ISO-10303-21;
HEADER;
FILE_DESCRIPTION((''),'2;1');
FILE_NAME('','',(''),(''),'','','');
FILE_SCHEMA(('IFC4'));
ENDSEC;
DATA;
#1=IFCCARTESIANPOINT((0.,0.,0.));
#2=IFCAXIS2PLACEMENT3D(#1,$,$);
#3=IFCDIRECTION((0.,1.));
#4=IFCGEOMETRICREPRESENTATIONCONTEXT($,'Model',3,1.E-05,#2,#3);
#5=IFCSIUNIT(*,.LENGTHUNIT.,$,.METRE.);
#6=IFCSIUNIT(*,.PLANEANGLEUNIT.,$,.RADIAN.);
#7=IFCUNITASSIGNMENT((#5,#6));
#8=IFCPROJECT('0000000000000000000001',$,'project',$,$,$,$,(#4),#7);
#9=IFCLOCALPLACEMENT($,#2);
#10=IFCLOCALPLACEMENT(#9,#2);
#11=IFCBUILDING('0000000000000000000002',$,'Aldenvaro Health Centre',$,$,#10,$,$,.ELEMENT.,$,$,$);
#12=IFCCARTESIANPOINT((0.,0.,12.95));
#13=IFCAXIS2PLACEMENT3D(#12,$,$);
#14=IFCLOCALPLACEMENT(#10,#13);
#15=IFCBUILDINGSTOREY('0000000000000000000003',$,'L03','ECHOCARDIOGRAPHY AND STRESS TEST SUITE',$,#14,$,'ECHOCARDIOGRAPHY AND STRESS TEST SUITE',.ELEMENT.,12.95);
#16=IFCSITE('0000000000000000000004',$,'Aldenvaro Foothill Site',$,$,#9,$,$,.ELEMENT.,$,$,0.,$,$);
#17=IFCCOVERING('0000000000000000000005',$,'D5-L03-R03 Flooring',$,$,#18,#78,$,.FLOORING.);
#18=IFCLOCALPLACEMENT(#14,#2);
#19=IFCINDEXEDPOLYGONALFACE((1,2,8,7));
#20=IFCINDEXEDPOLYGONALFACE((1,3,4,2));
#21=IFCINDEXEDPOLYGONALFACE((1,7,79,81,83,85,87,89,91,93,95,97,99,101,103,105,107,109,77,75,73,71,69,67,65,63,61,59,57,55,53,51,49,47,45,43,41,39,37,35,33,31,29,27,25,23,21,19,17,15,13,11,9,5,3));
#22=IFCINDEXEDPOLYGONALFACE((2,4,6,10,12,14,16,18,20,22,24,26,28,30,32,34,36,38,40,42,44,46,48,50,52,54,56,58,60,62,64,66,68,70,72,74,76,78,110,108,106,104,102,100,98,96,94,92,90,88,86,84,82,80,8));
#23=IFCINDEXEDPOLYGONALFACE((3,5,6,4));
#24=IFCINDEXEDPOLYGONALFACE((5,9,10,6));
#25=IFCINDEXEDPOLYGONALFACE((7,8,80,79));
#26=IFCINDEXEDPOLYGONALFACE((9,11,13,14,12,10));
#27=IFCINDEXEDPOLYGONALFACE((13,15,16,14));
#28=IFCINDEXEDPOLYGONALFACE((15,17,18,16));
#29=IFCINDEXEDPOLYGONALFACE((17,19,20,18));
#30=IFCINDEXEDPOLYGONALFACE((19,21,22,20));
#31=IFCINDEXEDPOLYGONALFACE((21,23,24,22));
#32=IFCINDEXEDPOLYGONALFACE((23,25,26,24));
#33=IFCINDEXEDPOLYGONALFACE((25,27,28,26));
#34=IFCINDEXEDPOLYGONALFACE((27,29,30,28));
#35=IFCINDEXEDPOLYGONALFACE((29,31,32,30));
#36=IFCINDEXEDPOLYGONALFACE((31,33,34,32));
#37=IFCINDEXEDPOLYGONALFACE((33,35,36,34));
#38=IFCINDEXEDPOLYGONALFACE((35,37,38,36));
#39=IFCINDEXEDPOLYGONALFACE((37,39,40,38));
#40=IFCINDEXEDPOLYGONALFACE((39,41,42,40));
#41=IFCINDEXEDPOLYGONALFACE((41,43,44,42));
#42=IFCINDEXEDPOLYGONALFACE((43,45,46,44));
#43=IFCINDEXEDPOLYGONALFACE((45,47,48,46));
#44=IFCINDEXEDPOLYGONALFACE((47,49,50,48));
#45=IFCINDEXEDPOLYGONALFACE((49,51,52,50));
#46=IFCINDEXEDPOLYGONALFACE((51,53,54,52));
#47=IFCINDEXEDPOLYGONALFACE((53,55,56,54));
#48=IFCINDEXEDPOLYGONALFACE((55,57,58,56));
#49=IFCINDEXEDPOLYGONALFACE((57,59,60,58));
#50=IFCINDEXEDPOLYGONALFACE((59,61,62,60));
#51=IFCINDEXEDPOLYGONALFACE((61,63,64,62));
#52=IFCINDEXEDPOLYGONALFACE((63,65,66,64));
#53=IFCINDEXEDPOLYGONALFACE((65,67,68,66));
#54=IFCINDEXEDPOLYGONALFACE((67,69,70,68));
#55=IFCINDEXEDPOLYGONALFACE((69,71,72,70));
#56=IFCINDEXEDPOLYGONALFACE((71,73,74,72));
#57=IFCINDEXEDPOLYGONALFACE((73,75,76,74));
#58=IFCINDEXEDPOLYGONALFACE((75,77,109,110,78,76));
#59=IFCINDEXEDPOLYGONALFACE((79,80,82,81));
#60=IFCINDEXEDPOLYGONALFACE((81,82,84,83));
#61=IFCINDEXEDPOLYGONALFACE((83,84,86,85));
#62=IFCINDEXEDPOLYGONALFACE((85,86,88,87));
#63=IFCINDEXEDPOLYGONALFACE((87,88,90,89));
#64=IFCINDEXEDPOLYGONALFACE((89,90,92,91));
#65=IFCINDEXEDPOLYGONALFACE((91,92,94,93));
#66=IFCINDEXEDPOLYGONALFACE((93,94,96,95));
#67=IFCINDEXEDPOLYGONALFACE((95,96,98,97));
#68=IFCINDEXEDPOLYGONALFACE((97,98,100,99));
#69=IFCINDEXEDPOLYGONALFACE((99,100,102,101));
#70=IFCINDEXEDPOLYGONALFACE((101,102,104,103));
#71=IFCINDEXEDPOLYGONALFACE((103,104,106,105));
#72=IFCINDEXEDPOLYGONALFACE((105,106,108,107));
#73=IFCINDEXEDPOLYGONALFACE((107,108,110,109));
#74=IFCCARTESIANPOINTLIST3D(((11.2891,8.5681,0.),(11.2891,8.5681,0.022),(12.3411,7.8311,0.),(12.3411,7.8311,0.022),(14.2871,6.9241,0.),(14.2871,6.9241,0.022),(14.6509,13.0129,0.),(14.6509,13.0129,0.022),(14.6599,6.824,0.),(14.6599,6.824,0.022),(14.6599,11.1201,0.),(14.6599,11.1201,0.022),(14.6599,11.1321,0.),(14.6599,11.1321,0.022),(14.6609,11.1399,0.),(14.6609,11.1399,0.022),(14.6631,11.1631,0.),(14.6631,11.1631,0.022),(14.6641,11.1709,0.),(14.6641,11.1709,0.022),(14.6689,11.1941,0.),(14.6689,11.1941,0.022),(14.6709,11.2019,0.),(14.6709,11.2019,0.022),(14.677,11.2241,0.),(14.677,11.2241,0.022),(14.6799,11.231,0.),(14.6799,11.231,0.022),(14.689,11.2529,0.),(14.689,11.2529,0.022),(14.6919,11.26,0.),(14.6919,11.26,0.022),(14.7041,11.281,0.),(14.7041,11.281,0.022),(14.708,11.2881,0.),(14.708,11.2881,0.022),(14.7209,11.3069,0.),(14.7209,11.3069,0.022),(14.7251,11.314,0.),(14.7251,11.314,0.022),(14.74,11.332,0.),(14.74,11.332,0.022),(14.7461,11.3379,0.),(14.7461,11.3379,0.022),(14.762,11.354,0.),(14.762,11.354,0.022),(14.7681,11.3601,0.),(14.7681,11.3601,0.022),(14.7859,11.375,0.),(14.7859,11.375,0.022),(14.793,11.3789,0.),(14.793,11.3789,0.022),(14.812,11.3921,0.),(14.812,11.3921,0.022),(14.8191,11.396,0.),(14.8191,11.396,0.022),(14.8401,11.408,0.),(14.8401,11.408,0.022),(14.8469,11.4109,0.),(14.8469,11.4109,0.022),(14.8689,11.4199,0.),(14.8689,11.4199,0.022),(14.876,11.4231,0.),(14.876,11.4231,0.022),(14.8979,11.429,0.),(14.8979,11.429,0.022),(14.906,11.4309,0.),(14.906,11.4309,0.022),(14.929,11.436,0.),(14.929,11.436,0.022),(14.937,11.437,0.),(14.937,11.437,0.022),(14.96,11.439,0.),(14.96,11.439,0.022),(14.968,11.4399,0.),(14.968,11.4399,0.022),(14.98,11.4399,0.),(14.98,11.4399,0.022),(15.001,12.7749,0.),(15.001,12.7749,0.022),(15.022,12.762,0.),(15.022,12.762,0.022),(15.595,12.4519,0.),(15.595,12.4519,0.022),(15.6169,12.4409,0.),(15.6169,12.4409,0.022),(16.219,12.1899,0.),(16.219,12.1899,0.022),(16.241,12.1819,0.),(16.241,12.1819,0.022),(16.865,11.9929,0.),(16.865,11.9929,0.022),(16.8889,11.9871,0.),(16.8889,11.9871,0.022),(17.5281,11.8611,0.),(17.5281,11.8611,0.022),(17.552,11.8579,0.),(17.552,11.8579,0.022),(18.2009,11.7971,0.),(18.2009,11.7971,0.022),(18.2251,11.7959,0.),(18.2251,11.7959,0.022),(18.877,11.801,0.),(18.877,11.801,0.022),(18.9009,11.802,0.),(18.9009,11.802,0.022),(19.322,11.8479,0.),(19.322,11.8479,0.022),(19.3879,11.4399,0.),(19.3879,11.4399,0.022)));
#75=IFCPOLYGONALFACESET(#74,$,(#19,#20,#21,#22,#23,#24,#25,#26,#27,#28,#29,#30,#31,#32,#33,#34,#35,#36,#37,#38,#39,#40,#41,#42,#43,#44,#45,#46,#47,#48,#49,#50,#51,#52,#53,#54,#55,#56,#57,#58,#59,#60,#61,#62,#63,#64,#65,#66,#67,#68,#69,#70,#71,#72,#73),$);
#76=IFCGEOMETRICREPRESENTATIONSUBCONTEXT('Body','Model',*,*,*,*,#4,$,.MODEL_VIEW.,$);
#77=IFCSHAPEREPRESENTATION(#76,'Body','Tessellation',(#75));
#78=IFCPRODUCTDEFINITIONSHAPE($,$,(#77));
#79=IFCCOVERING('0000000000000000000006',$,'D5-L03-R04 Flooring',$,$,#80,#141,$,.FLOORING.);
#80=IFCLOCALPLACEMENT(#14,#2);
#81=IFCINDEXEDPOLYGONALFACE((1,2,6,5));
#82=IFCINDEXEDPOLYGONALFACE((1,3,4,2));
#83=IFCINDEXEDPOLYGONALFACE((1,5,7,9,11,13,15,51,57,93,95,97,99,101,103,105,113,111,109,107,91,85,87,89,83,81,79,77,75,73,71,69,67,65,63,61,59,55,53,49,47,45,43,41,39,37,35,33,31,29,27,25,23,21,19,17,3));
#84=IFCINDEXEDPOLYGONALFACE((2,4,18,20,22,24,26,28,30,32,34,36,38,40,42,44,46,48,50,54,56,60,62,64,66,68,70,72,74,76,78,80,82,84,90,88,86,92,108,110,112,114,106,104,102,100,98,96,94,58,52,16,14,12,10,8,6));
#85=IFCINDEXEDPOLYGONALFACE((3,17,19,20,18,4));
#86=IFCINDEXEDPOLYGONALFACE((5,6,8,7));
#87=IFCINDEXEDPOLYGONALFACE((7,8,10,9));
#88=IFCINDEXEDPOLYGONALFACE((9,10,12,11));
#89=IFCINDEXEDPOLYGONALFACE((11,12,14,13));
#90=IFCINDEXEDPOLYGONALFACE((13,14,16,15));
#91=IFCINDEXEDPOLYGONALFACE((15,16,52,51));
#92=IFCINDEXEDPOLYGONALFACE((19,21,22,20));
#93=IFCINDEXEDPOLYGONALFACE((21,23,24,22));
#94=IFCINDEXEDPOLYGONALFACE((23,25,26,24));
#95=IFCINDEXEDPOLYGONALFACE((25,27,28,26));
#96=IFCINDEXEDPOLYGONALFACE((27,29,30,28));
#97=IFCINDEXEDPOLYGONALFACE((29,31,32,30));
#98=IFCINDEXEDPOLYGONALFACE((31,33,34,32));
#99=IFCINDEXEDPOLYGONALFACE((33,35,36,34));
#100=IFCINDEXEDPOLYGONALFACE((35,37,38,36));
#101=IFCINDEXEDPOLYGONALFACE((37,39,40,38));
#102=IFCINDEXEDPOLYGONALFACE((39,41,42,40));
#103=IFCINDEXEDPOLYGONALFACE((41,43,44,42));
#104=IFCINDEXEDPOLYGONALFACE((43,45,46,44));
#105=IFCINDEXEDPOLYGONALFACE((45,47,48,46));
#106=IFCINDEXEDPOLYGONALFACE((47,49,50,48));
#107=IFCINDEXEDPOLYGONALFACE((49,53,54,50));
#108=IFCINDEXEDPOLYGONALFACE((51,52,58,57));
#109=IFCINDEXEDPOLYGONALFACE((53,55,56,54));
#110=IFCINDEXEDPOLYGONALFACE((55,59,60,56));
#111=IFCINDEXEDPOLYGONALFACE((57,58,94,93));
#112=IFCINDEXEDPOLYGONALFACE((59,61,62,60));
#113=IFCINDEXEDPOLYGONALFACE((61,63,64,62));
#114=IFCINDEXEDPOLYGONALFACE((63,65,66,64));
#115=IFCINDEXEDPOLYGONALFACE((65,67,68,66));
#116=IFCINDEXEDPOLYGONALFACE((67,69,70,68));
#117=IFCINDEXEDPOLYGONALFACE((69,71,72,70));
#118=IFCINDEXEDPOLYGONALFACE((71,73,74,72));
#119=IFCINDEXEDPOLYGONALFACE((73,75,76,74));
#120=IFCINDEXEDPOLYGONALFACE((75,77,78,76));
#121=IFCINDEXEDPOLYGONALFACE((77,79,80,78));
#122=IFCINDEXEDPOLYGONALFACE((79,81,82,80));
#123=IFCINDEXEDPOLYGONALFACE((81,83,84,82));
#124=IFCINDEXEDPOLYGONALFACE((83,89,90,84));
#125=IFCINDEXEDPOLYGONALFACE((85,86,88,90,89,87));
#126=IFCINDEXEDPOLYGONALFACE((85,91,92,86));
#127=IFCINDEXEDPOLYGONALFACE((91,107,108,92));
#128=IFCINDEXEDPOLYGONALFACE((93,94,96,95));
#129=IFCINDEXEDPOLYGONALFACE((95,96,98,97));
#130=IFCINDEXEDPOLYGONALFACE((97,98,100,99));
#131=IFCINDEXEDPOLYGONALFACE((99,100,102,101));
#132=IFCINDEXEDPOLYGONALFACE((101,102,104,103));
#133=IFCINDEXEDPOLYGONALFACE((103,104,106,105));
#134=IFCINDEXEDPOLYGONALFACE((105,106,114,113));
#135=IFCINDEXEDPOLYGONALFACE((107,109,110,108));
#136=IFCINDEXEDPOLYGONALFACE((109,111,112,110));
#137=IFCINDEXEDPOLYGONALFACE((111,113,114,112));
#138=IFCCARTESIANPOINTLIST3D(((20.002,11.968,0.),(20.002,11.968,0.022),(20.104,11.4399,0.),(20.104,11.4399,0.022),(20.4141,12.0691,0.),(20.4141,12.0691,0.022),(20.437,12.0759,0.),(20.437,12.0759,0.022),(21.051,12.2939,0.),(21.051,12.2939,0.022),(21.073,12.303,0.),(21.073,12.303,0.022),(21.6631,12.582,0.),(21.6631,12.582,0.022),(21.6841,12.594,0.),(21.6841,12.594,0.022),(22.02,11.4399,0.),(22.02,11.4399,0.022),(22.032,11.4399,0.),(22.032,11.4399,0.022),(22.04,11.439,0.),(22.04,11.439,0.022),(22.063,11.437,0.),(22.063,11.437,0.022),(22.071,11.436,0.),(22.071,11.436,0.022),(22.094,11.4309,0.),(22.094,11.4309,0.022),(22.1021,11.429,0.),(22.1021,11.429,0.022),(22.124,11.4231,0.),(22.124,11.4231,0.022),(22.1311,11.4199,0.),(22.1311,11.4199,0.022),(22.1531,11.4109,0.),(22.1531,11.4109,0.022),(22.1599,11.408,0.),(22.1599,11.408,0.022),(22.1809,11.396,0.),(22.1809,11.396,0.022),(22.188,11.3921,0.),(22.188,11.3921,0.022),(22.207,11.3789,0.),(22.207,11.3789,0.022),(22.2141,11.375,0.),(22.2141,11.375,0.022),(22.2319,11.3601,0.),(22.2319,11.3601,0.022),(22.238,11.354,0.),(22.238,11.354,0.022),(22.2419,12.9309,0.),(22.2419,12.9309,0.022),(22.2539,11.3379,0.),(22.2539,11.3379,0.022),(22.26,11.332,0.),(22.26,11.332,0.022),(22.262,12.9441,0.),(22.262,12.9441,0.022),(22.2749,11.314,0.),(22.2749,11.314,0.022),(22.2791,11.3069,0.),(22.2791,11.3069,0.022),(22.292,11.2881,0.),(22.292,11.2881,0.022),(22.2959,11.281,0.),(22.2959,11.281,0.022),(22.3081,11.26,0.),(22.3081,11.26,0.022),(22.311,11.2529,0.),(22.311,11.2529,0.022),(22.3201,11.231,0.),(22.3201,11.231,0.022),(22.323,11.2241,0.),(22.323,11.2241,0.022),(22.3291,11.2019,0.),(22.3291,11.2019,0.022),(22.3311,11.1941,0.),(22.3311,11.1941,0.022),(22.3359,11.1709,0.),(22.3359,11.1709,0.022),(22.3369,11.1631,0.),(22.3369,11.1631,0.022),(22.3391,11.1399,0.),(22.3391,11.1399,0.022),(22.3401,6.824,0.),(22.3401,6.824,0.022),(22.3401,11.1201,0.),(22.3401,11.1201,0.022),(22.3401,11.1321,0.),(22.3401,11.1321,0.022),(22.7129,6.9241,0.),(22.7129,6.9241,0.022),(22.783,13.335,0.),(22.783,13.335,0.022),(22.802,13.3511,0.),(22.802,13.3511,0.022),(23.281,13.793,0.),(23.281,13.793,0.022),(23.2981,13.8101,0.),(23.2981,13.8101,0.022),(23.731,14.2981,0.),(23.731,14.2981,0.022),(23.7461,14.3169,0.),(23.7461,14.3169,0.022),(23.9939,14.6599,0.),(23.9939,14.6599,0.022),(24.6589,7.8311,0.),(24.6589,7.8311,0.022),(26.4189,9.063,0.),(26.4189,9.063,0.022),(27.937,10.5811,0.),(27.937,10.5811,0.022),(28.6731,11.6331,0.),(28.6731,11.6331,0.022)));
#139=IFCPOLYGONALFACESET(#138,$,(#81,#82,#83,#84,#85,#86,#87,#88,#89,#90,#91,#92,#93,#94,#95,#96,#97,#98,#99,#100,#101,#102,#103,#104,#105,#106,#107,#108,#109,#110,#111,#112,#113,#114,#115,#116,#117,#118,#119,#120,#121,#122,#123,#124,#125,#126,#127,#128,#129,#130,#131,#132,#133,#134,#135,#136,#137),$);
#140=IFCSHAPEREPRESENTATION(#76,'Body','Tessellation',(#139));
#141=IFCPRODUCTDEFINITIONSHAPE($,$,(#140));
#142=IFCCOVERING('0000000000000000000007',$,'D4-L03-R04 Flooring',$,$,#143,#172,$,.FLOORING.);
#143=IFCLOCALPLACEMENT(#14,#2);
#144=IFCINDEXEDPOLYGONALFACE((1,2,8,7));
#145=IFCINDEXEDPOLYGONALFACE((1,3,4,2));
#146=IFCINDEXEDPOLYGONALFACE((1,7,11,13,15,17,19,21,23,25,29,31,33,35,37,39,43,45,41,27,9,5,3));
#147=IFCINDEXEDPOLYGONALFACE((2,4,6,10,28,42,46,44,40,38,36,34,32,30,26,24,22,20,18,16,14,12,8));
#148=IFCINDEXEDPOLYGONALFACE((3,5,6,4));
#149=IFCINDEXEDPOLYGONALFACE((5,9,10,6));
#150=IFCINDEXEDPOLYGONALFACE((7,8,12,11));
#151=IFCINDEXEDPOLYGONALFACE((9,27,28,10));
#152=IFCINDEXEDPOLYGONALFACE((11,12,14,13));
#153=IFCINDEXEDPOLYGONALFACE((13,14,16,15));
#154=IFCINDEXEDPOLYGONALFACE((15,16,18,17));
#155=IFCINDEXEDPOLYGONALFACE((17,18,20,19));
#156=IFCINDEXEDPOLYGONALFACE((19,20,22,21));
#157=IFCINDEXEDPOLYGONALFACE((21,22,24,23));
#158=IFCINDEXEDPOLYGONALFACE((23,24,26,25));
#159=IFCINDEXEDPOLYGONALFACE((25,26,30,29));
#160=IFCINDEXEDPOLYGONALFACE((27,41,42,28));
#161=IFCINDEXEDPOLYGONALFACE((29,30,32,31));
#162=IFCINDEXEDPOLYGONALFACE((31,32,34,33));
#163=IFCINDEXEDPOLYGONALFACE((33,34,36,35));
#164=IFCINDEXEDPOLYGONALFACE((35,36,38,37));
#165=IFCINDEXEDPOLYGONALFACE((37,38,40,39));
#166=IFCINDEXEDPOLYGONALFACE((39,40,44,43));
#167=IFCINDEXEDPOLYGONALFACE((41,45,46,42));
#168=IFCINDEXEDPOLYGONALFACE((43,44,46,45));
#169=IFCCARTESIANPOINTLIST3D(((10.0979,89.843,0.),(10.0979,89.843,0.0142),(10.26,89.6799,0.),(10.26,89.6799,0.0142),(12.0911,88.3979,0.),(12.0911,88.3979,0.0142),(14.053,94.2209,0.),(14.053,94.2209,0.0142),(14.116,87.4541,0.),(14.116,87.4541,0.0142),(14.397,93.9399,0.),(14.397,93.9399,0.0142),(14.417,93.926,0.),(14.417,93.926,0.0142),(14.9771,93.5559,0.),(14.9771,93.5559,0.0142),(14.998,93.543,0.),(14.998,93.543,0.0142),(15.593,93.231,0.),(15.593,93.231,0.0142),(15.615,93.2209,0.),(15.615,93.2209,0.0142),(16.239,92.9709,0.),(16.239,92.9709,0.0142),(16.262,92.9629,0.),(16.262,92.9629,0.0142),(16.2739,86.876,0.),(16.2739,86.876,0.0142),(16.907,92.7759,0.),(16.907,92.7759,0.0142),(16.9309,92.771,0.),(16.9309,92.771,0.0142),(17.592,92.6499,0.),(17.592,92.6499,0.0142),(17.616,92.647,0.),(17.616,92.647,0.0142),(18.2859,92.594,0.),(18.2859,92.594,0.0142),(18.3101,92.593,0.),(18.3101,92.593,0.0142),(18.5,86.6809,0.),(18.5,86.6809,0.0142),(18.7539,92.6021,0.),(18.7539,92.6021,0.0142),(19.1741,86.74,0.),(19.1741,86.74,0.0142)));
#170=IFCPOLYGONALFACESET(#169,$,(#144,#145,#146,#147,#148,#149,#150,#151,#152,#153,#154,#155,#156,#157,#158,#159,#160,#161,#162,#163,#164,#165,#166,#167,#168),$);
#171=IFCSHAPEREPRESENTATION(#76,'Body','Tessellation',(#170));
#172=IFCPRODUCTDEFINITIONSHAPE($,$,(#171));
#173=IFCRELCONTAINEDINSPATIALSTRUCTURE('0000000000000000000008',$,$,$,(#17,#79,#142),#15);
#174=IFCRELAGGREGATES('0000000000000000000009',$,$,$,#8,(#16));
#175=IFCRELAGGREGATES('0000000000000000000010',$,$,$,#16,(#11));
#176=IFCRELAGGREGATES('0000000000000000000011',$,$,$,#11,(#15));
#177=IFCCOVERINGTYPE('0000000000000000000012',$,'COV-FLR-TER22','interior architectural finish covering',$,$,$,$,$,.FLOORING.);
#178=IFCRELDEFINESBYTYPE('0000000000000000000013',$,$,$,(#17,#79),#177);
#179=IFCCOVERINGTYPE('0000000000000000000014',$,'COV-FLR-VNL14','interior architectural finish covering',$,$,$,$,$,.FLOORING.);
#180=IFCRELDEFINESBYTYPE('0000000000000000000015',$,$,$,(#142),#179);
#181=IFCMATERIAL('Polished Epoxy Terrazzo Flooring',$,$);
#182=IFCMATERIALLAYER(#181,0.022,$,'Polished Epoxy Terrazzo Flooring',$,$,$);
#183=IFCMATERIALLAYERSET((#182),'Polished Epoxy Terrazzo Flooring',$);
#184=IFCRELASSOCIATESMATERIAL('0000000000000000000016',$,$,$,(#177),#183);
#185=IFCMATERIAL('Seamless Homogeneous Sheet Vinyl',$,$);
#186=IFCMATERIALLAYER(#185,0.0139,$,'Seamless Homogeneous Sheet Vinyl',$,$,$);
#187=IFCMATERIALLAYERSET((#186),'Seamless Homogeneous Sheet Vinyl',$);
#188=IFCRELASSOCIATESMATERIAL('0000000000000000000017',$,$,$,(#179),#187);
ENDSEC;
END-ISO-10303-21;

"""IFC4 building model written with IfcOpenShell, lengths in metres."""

from ifc_helpers import new_model, si_unit, direction, frame, origin, place, context, subcontext, project, spatial, polyline, outline, extrude, material, layer, layer_set, type_object, element, save


model = new_model("IFC4")

# Units and contexts
model_context = context("Model", 3, precision=1e-05, world=origin(), true_north=direction((0.0, 1.0)))
body_context = subcontext(model_context, "Body", "Model", "MODEL_VIEW")
ifc_project = project(units=[si_unit("LENGTHUNIT", "METRE"), si_unit("PLANEANGLEUNIT", "RADIAN")], contexts=[model_context])

# Site, building, storey
site_placement = place(None, origin())
site = spatial("IfcSite", under=ifc_project, at=site_placement, Name="Aldenvaro Foothill Site", CompositionType="ELEMENT", RefElevation=0.0)
building_placement = place(site_placement, origin())
building = spatial("IfcBuilding", under=site, at=building_placement, Name="Aldenvaro Health Centre", CompositionType="ELEMENT")
storey_placement = place(building_placement, frame((0.0, 0.0, 12.95)))
storey = spatial("IfcBuildingStorey", under=building, at=storey_placement, Name="L03", Description="ECHOCARDIOGRAPHY AND STRESS TEST SUITE", LongName="ECHOCARDIOGRAPHY AND STRESS TEST SUITE", CompositionType="ELEMENT", Elevation=12.95)

# Coverings
ifc_material_1 = material(Name="Polished Epoxy Terrazzo Flooring")
ifc_layer_1 = layer(ifc_material_1, 0.022, Name="Polished Epoxy Terrazzo Flooring")
ifc_layer_set_1 = layer_set([ifc_layer_1], Name="Polished Epoxy Terrazzo Flooring")
covering_type_1 = type_object("IfcCoveringType", Name="COV-FLR-TER22", Description="interior architectural finish covering", PredefinedType="FLOORING", material=ifc_layer_set_1)
covering_1_placement = place(storey_placement, origin())
element("IfcCovering", 1, at=covering_1_placement, inside=storey, type_object=covering_type_1, Name="D5-L03-R03 Flooring", PredefinedType="FLOORING", context=body_context, shape_type="SweptSolid", body=[
    extrude(outline(polyline([(15.001, 12.7749), (15.022, 12.762), (15.595, 12.4519), (15.6169, 12.4409), (16.219, 12.1899), (16.241, 12.1819), (16.865, 11.9929), (16.8889, 11.9871), (17.5281, 11.8611), (17.552, 11.8579), (18.2009, 11.7971), (18.2251, 11.7959), (18.877, 11.801), (18.9009, 11.802), (19.322, 11.8479), (19.3879, 11.4399), (14.98, 11.4399), (14.968, 11.4399), (14.96, 11.439), (14.937, 11.437), (14.929, 11.436), (14.906, 11.4309), (14.8979, 11.429), (14.876, 11.4231), (14.8689, 11.4199), (14.8469, 11.4109), (14.8401, 11.408), (14.8191, 11.396), (14.812, 11.3921), (14.793, 11.3789), (14.7859, 11.375), (14.7681, 11.3601), (14.762, 11.354), (14.7461, 11.3379), (14.74, 11.332), (14.7251, 11.314), (14.7209, 11.3069), (14.708, 11.2881), (14.7041, 11.281), (14.6919, 11.26), (14.689, 11.2529), (14.6799, 11.231), (14.677, 11.2241), (14.6709, 11.2019), (14.6689, 11.1941), (14.6641, 11.1709), (14.6631, 11.1631), (14.6609, 11.1399), (14.6599, 11.1321), (14.6599, 11.1201), (14.6599, 6.824), (14.2871, 6.9241), (12.3411, 7.8311), (11.2891, 8.5681), (14.6509, 13.0129), (15.001, 12.7749)])), origin(), (0.0, 0.0, 1.0), 0.022),
])
covering_2_placement = place(storey_placement, origin())
element("IfcCovering", 2, at=covering_2_placement, inside=storey, type_object=covering_type_1, Name="D5-L03-R04 Flooring", PredefinedType="FLOORING", context=body_context, shape_type="SweptSolid", body=[
    extrude(outline(polyline([(20.4141, 12.0691), (20.437, 12.0759), (21.051, 12.2939), (21.073, 12.303), (21.6631, 12.582), (21.6841, 12.594), (22.2419, 12.9309), (22.262, 12.9441), (22.783, 13.335), (22.802, 13.3511), (23.281, 13.793), (23.2981, 13.8101), (23.731, 14.2981), (23.7461, 14.3169), (23.9939, 14.6599), (28.6731, 11.6331), (27.937, 10.5811), (26.4189, 9.063), (24.6589, 7.8311), (22.7129, 6.9241), (22.3401, 6.824), (22.3401, 11.1201), (22.3401, 11.1321), (22.3391, 11.1399), (22.3369, 11.1631), (22.3359, 11.1709), (22.3311, 11.1941), (22.3291, 11.2019), (22.323, 11.2241), (22.3201, 11.231), (22.311, 11.2529), (22.3081, 11.26), (22.2959, 11.281), (22.292, 11.2881), (22.2791, 11.3069), (22.2749, 11.314), (22.26, 11.332), (22.2539, 11.3379), (22.238, 11.354), (22.2319, 11.3601), (22.2141, 11.375), (22.207, 11.3789), (22.188, 11.3921), (22.1809, 11.396), (22.1599, 11.408), (22.1531, 11.4109), (22.1311, 11.4199), (22.124, 11.4231), (22.1021, 11.429), (22.094, 11.4309), (22.071, 11.436), (22.063, 11.437), (22.04, 11.439), (22.032, 11.4399), (22.02, 11.4399), (20.104, 11.4399), (20.002, 11.968), (20.4141, 12.0691)])), origin(), (0.0, 0.0, 1.0), 0.022),
])
ifc_material_2 = material(Name="Seamless Homogeneous Sheet Vinyl")
ifc_layer_2 = layer(ifc_material_2, 0.0139, Name="Seamless Homogeneous Sheet Vinyl")
ifc_layer_set_2 = layer_set([ifc_layer_2], Name="Seamless Homogeneous Sheet Vinyl")
covering_type_2 = type_object("IfcCoveringType", Name="COV-FLR-VNL14", Description="interior architectural finish covering", PredefinedType="FLOORING", material=ifc_layer_set_2)
covering_3_placement = place(storey_placement, origin())
element("IfcCovering", 3, at=covering_3_placement, inside=storey, type_object=covering_type_2, Name="D4-L03-R04 Flooring", PredefinedType="FLOORING", context=body_context, shape_type="SweptSolid", body=[
    extrude(outline(polyline([(14.397, 93.9399), (14.417, 93.926), (14.9771, 93.5559), (14.998, 93.543), (15.593, 93.231), (15.615, 93.2209), (16.239, 92.9709), (16.262, 92.9629), (16.907, 92.7759), (16.9309, 92.771), (17.592, 92.6499), (17.616, 92.647), (18.2859, 92.594), (18.3101, 92.593), (18.7539, 92.6021), (19.1741, 86.74), (18.5, 86.6809), (16.2739, 86.876), (14.116, 87.4541), (12.0911, 88.3979), (10.26, 89.6799), (10.0979, 89.843), (14.053, 94.2209), (14.397, 93.9399)])), origin(), (0.0, 0.0, 1.0), 0.0142),
])

save(model, "model.ifc")
